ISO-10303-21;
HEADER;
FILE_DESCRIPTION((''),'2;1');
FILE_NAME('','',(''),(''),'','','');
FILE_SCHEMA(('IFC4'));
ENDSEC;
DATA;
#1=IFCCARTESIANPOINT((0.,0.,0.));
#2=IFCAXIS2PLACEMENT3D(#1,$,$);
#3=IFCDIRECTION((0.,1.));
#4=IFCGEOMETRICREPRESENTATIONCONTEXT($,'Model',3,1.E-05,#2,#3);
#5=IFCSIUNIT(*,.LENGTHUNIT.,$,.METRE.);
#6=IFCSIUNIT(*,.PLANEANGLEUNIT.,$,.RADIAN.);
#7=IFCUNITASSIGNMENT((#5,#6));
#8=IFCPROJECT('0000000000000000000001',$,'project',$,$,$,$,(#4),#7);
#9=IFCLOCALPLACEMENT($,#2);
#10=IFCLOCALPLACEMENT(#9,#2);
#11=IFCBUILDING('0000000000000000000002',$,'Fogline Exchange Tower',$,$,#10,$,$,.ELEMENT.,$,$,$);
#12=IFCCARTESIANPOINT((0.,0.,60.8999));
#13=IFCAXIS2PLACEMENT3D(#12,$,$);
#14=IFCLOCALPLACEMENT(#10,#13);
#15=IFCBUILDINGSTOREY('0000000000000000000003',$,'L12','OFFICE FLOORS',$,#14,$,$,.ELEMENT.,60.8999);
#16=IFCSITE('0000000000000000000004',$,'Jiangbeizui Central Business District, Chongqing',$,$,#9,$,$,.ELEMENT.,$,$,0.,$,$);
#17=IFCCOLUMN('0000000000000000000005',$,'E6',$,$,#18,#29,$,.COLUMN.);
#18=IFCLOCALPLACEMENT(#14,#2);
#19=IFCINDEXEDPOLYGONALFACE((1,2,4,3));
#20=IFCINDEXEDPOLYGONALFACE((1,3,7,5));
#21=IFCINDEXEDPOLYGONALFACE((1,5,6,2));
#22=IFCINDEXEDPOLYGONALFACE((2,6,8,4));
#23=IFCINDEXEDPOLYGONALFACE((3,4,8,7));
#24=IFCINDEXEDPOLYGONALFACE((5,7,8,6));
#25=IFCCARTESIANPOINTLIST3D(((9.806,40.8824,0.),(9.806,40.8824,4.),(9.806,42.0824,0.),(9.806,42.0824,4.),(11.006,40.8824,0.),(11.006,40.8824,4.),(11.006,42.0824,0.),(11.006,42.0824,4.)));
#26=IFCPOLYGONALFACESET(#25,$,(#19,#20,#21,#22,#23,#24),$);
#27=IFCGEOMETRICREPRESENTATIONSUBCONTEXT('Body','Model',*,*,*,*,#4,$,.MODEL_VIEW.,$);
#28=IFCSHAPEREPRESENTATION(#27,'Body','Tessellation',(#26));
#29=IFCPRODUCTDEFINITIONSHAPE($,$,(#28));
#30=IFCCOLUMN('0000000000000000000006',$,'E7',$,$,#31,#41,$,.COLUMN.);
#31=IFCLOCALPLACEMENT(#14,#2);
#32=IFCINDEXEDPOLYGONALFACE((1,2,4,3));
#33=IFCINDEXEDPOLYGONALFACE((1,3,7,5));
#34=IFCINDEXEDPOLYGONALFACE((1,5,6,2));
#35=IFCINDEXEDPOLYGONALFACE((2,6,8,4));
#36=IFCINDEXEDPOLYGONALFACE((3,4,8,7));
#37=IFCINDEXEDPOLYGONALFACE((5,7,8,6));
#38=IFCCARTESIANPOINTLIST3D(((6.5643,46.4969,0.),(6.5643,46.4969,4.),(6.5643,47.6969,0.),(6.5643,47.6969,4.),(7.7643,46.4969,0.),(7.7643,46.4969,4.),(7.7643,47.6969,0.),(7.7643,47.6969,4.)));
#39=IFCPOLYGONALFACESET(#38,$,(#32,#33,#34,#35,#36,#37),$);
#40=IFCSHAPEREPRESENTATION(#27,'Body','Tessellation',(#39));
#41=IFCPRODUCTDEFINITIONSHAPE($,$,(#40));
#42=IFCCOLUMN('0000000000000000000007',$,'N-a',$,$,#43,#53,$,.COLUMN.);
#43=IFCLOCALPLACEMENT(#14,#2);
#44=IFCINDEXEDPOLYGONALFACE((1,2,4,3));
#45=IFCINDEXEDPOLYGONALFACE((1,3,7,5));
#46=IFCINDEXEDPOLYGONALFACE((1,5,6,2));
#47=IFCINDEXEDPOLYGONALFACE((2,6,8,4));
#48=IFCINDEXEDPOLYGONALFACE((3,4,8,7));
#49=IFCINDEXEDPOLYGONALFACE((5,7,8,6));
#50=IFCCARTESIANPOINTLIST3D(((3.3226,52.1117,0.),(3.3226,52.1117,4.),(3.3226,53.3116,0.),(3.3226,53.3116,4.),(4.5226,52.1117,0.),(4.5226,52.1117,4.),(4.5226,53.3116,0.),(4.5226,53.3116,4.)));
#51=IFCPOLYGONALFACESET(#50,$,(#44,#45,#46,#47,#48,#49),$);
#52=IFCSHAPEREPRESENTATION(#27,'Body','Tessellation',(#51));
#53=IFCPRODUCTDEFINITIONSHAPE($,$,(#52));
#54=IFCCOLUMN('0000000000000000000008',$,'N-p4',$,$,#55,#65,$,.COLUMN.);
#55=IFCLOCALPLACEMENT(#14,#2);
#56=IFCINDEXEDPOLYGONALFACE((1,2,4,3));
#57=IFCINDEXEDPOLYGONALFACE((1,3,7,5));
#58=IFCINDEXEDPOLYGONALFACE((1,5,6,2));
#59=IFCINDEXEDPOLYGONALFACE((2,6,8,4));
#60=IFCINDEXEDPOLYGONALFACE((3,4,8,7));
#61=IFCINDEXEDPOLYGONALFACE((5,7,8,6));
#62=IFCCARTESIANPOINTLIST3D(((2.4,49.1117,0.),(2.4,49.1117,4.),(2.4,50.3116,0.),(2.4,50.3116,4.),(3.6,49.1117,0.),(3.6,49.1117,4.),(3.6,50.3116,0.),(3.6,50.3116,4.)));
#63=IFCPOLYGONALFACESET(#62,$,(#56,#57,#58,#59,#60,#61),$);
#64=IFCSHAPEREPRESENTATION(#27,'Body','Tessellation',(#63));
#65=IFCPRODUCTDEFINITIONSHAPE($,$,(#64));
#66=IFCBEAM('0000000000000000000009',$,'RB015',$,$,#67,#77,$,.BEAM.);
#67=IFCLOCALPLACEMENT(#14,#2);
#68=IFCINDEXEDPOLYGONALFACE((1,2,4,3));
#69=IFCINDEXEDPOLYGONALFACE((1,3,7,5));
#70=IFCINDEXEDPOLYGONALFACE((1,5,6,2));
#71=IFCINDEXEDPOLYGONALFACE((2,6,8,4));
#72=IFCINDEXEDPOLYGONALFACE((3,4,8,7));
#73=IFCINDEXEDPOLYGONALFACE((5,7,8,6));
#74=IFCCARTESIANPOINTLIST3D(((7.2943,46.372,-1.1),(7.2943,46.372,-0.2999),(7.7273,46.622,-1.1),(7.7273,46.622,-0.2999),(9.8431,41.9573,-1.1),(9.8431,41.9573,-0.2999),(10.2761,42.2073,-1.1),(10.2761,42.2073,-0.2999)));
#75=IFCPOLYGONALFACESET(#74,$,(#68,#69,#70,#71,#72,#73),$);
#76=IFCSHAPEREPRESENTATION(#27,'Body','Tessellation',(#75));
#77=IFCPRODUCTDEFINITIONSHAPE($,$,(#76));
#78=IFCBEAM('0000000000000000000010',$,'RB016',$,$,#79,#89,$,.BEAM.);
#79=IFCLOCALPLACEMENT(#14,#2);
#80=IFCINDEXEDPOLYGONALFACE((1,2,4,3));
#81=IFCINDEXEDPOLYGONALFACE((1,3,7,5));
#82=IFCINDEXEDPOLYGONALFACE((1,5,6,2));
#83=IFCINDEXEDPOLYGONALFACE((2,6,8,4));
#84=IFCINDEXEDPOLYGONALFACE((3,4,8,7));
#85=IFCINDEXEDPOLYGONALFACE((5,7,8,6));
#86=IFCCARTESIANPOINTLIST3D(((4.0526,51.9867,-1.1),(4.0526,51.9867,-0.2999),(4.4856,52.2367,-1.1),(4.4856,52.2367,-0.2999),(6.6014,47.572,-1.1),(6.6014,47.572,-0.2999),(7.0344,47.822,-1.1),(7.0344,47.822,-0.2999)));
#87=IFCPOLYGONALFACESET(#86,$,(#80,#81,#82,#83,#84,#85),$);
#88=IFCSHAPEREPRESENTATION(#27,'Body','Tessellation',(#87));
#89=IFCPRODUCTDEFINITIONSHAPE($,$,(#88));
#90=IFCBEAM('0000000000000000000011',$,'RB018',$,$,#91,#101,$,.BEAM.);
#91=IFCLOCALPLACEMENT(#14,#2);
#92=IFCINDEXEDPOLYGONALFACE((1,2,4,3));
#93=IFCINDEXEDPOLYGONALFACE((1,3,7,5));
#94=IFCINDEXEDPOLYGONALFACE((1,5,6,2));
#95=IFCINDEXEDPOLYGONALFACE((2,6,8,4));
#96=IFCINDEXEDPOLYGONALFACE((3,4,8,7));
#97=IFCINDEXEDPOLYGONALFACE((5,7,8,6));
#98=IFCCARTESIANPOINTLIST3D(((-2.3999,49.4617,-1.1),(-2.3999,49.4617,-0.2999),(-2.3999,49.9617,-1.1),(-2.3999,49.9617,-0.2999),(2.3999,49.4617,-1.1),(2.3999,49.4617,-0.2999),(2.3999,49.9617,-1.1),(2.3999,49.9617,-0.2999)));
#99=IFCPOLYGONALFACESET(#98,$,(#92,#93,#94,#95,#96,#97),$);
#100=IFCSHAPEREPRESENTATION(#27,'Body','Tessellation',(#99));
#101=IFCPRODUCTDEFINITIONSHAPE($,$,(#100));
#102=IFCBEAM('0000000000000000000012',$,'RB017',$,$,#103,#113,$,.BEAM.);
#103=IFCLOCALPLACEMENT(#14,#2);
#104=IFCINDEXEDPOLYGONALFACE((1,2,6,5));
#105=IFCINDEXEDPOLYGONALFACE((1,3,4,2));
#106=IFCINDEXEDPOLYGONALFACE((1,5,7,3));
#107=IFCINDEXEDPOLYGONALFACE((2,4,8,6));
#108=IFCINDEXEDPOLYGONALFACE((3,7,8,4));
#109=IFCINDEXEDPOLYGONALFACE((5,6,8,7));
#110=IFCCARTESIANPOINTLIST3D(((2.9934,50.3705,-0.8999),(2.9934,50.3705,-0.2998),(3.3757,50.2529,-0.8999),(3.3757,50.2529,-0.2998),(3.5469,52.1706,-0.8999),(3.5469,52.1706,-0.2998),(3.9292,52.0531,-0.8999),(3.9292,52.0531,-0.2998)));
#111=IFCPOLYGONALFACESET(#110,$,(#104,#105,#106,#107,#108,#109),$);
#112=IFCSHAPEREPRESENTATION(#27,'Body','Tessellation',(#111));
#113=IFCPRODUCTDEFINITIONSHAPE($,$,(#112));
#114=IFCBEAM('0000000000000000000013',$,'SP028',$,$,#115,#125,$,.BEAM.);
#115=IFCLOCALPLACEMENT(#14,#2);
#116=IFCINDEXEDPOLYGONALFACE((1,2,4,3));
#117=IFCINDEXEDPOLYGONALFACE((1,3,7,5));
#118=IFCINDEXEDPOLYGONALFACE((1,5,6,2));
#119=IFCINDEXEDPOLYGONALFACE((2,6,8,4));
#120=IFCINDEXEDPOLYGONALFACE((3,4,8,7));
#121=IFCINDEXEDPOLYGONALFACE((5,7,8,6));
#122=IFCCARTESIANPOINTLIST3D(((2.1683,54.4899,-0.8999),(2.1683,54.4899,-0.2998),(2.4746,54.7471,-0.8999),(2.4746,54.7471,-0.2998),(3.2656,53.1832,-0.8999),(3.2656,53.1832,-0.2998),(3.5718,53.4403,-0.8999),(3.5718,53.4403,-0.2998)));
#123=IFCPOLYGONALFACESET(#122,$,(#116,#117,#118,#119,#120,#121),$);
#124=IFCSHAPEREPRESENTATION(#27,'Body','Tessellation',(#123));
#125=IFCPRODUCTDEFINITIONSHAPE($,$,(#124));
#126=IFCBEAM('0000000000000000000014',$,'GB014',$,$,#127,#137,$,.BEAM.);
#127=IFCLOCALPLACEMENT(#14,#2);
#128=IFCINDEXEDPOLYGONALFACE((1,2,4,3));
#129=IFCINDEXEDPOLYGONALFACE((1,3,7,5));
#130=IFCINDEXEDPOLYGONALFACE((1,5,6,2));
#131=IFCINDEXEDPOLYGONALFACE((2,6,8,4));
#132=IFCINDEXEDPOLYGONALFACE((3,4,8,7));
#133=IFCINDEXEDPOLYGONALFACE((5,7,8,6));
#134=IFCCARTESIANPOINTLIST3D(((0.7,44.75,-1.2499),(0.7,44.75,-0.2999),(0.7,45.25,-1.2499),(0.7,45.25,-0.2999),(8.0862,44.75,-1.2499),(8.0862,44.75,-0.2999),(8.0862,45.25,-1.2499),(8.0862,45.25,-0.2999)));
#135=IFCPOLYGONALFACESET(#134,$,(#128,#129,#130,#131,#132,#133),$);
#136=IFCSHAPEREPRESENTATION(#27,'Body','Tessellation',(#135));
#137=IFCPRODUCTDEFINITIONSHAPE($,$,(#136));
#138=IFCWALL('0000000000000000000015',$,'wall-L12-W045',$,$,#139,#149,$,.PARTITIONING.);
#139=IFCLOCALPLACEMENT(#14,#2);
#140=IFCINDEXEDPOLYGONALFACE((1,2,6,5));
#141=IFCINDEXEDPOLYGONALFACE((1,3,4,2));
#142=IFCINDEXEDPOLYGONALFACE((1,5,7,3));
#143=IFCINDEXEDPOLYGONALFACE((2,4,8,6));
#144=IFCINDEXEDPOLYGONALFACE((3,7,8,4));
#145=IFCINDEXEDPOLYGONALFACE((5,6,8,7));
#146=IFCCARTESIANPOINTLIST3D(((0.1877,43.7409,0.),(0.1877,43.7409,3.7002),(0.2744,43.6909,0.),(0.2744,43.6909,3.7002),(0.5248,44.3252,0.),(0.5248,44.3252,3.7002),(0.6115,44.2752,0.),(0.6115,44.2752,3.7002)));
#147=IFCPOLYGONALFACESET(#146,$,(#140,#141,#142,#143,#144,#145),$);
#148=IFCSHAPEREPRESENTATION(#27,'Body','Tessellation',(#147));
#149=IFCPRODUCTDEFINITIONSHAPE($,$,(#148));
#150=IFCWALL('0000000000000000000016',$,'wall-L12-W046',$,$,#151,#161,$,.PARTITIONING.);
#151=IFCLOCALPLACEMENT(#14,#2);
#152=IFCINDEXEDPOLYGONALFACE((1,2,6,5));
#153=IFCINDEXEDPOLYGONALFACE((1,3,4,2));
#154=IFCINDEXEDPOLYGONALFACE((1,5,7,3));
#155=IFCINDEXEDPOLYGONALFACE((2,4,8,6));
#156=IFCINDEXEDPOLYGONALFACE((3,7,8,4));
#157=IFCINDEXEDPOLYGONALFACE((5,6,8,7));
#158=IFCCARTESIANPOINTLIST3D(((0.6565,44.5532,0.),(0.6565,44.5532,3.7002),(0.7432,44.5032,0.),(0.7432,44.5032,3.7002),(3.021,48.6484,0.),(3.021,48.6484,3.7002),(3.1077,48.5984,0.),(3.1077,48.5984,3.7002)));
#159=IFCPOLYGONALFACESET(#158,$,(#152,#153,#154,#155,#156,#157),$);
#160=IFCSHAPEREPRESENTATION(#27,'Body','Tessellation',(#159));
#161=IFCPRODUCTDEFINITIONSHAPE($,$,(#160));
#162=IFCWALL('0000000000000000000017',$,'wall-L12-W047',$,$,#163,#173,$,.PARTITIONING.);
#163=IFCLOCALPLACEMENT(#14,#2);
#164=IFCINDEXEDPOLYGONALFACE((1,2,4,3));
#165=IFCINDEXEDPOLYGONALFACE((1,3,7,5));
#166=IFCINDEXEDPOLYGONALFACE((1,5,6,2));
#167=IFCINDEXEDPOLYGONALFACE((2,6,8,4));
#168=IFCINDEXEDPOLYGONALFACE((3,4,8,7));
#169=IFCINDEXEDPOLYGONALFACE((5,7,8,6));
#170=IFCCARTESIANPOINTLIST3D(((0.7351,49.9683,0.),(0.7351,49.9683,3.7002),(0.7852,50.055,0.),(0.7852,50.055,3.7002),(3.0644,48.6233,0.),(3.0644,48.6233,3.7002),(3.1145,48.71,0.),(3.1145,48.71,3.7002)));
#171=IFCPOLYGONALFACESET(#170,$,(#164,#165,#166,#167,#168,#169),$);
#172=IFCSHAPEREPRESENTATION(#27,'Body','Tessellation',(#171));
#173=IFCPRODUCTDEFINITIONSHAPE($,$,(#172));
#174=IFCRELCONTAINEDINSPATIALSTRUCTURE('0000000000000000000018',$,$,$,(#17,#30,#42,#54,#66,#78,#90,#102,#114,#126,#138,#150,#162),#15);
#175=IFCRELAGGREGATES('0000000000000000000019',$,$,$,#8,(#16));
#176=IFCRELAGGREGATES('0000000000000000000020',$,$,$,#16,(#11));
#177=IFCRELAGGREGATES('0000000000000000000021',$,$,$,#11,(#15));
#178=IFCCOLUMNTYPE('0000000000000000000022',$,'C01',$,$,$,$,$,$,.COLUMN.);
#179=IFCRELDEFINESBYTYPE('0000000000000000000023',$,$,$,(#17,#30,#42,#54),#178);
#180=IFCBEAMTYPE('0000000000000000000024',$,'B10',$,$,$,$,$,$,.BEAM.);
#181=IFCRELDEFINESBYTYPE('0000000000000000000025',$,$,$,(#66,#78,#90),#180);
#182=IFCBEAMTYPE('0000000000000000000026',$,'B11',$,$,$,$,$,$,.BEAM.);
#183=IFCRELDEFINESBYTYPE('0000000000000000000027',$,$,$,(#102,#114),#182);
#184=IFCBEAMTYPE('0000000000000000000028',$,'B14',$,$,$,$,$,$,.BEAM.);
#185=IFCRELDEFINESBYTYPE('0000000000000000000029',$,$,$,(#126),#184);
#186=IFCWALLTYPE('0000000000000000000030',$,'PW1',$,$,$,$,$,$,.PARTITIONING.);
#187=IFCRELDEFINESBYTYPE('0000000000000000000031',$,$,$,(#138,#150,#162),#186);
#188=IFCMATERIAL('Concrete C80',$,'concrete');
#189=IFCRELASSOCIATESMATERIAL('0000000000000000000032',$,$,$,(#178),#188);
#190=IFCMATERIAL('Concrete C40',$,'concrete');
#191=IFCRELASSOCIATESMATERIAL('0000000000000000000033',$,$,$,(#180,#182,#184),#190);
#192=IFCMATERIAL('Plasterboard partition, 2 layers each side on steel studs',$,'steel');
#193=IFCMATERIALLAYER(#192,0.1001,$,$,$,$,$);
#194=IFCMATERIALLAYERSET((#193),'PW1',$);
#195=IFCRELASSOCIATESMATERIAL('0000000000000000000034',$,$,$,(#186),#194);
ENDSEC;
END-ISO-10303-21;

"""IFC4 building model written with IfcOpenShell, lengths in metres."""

from ifc_helpers import new_model, si_unit, direction, frame, frame_2d, origin, origin_2d, place, context, subcontext, project, spatial, rectangle, extrude, material, layer, layer_set, material_profile, profile_set, type_object, element, save


model = new_model("IFC4")

# Units and contexts
model_context = context("Model", 3, precision=1e-05, world=origin(), true_north=direction((0.0, 1.0)))
body_context = subcontext(model_context, "Body", "Model", "MODEL_VIEW")
ifc_project = project(units=[si_unit("LENGTHUNIT", "METRE"), si_unit("PLANEANGLEUNIT", "RADIAN")], contexts=[model_context])

# Site, building, storey
site_placement = place(None, origin())
site = spatial("IfcSite", under=ifc_project, at=site_placement, Name="Jiangbeizui Central Business District, Chongqing", CompositionType="ELEMENT", RefElevation=0.0)
building_placement = place(site_placement, origin())
building = spatial("IfcBuilding", under=site, at=building_placement, Name="Fogline Exchange Tower", CompositionType="ELEMENT")
storey_placement = place(building_placement, frame((0.0, 0.0, 60.8999)))
storey = spatial("IfcBuildingStorey", under=building, at=storey_placement, Name="L12", Description="OFFICE FLOORS", CompositionType="ELEMENT", Elevation=60.8999)

# Columns
ifc_material_1 = material(Name="Concrete C80", Category="concrete")
ifc_material_profile_1 = material_profile(ifc_material_1, rectangle(XDim=1.2, YDim=1.2, at=origin_2d()), Name="RC 1200x1200")
ifc_profile_set_1 = profile_set([ifc_material_profile_1], Name="Concrete C80")
column_type = type_object("IfcColumnType", Name="C01", PredefinedType="COLUMN", material=ifc_profile_set_1)
for number, where, z_axis, x_axis, name in (
    (1, (10.406, 41.4824, 0.0), (0.0, 0.0, 1.0), (1.0, 0.0, 0.0), "E6"),
    (2, (7.1643, 47.0969, 0.0), (0.0, 0.0, 1.0), (1.0, 0.0, 0.0), "E7"),
    (3, (3.9226, 52.7117, 0.0), (0.0, 0.0, 1.0), (1.0, 0.0, 0.0), "N-a"),
    (4, (3.0, 49.7117, 0.0), (0.0, 0.0, 1.0), (1.0, 0.0, 0.0), "N-p4"),
):
    element("IfcColumn", number, at=place(storey_placement, frame(where, z_axis=z_axis, x_axis=x_axis)), inside=storey, type_object=column_type, Name=name, PredefinedType="COLUMN", context=body_context, shape_type="SweptSolid", body=[
        extrude(rectangle(XDim=1.2, YDim=1.2, at=origin_2d()), origin(), (0.0, 0.0, 1.0), 4.0),
    ])

# Beams
ifc_material_2 = material(Name="Concrete C40", Category="concrete")
ifc_material_profile_2 = material_profile(ifc_material_2, rectangle(XDim=0.5, YDim=0.8, at=origin_2d()), Name="RC 500x800")
ifc_profile_set_2 = profile_set([ifc_material_profile_2], Name="Concrete C40")
beam_type_1 = type_object("IfcBeamType", Name="B10", PredefinedType="BEAM", material=ifc_profile_set_2)
for number, where, z_axis, x_axis, name in (
    (5, (10.0596, 42.0823, -0.7), (-0.499992, 0.86603, 0.0), (-0.86603, -0.499992, 0.0), "RB015"),
    (6, (6.8179, 47.697, -0.7), (-0.499992, 0.86603, 0.0), (-0.86603, -0.499992, 0.0), "RB016"),
):
    element("IfcBeam", number, at=place(storey_placement, frame(where, z_axis=z_axis, x_axis=x_axis)), inside=storey, type_object=beam_type_1, Name=name, PredefinedType="BEAM", context=body_context, shape_type="SweptSolid", body=[
        extrude(rectangle(XDim=0.5, YDim=0.8, at=origin_2d()), origin(), (0.0, 0.0, 1.0), 5.0977),
    ])
beam_1_placement = place(storey_placement, frame((2.3999, 49.7117, -0.7), z_axis=(-1.0, 0.0, 0.0), x_axis=(0.0, -1.0, 0.0)))
element("IfcBeam", 7, at=beam_1_placement, inside=storey, type_object=beam_type_1, Name="RB018", PredefinedType="BEAM", context=body_context, shape_type="SweptSolid", body=[
    extrude(rectangle(XDim=0.5, YDim=0.8, at=origin_2d()), origin(), (0.0, 0.0, 1.0), 4.7998),
])
ifc_material_profile_3 = material_profile(ifc_material_2, rectangle(XDim=0.3999, YDim=0.6001, at=origin_2d()), Name="RC 400x600")
ifc_profile_set_3 = profile_set([ifc_material_profile_3], Name="Concrete C40")
beam_type_2 = type_object("IfcBeamType", Name="B11", PredefinedType="BEAM", material=ifc_profile_set_3)
beam_2_placement = place(storey_placement, frame((3.738, 52.1118, -0.5999), z_axis=(-0.293895, -0.955838, 0.0), x_axis=(0.955838, -0.293895, 0.0)))
element("IfcBeam", 8, at=beam_2_placement, inside=storey, type_object=beam_type_2, Name="RB017", PredefinedType="BEAM", context=body_context, shape_type="SweptSolid", body=[
    extrude(rectangle(XDim=0.3999, YDim=0.6001, at=origin_2d()), origin(), (0.0, 0.0, 1.0), 1.8833),
])
beam_3_placement = place(storey_placement, frame((3.4187, 53.3118, -0.5999), z_axis=(-0.643051, 0.765823, 0.0), x_axis=(-0.765823, -0.643051, 0.0)))
element("IfcBeam", 9, at=beam_3_placement, inside=storey, type_object=beam_type_2, Name="SP028", PredefinedType="BEAM", context=body_context, shape_type="SweptSolid", body=[
    extrude(rectangle(XDim=0.3999, YDim=0.6001, at=origin_2d()), origin(), (0.0, 0.0, 1.0), 1.7063),
])
ifc_material_profile_4 = material_profile(ifc_material_2, rectangle(XDim=0.5, YDim=0.95, at=origin_2d()), Name="RC 500x950")
ifc_profile_set_4 = profile_set([ifc_material_profile_4], Name="Concrete C40")
beam_type_3 = type_object("IfcBeamType", Name="B14", PredefinedType="BEAM", material=ifc_profile_set_4)
beam_4_placement = place(storey_placement, frame((0.7, 45.0, -0.7749), z_axis=(1.0, 0.0, 0.0), x_axis=(0.0, 1.0, 0.0)))
element("IfcBeam", 10, at=beam_4_placement, inside=storey, type_object=beam_type_3, Name="GB014", PredefinedType="BEAM", context=body_context, shape_type="SweptSolid", body=[
    extrude(rectangle(XDim=0.5, YDim=0.95, at=origin_2d()), origin(), (0.0, 0.0, 1.0), 7.3862),
])

# Walls
ifc_material_3 = material(Name="Plasterboard partition, 2 layers each side on steel studs", Category="steel")
ifc_layer_1 = layer(ifc_material_3, 0.1001)
ifc_layer_set_1 = layer_set([ifc_layer_1], Name="PW1")
wall_type_1 = type_object("IfcWallType", Name="PW1", PredefinedType="PARTITIONING", material=ifc_layer_set_1)
wall_1_placement = place(storey_placement, frame((0.231, 43.7158, 0.0), z_axis=(0.0, 0.0, 1.0), x_axis=(0.499837, 0.866119, 0.0)))
element("IfcWall", 11, at=wall_1_placement, inside=storey, type_object=wall_type_1, Name="wall-L12-W045", PredefinedType="PARTITIONING", context=body_context, shape_type="SweptSolid", body=[
    extrude(rectangle(XDim=0.6746, YDim=0.1001, at=frame_2d((0.3374, 0.0))), origin(), (0.0, 0.0, 1.0), 3.7002),
])
wall_2_placement = place(storey_placement, frame((0.7, 44.5283, 0.0), z_axis=(0.0, 0.0, 1.0), x_axis=(0.50002, 0.866014, 0.0)))
element("IfcWall", 12, at=wall_2_placement, inside=storey, type_object=wall_type_1, Name="wall-L12-W046", PredefinedType="PARTITIONING", context=body_context, shape_type="SweptSolid", body=[
    extrude(rectangle(XDim=4.7288, YDim=0.1001, at=frame_2d((2.3643, 0.0))), origin(), (0.0, 0.0, 1.0), 3.7002),
])
wall_3_placement = place(storey_placement, frame((3.0894, 48.6667, 0.0), z_axis=(0.0, 0.0, 1.0), x_axis=(-0.866006, 0.500034, 0.0)))
element("IfcWall", 13, at=wall_3_placement, inside=storey, type_object=wall_type_1, Name="wall-L12-W047", PredefinedType="PARTITIONING", context=body_context, shape_type="SweptSolid", body=[
    extrude(rectangle(XDim=2.6897, YDim=0.1001, at=frame_2d((1.3447, 0.0))), origin(), (0.0, 0.0, 1.0), 3.7002),
])

save(model, "model.ifc")
